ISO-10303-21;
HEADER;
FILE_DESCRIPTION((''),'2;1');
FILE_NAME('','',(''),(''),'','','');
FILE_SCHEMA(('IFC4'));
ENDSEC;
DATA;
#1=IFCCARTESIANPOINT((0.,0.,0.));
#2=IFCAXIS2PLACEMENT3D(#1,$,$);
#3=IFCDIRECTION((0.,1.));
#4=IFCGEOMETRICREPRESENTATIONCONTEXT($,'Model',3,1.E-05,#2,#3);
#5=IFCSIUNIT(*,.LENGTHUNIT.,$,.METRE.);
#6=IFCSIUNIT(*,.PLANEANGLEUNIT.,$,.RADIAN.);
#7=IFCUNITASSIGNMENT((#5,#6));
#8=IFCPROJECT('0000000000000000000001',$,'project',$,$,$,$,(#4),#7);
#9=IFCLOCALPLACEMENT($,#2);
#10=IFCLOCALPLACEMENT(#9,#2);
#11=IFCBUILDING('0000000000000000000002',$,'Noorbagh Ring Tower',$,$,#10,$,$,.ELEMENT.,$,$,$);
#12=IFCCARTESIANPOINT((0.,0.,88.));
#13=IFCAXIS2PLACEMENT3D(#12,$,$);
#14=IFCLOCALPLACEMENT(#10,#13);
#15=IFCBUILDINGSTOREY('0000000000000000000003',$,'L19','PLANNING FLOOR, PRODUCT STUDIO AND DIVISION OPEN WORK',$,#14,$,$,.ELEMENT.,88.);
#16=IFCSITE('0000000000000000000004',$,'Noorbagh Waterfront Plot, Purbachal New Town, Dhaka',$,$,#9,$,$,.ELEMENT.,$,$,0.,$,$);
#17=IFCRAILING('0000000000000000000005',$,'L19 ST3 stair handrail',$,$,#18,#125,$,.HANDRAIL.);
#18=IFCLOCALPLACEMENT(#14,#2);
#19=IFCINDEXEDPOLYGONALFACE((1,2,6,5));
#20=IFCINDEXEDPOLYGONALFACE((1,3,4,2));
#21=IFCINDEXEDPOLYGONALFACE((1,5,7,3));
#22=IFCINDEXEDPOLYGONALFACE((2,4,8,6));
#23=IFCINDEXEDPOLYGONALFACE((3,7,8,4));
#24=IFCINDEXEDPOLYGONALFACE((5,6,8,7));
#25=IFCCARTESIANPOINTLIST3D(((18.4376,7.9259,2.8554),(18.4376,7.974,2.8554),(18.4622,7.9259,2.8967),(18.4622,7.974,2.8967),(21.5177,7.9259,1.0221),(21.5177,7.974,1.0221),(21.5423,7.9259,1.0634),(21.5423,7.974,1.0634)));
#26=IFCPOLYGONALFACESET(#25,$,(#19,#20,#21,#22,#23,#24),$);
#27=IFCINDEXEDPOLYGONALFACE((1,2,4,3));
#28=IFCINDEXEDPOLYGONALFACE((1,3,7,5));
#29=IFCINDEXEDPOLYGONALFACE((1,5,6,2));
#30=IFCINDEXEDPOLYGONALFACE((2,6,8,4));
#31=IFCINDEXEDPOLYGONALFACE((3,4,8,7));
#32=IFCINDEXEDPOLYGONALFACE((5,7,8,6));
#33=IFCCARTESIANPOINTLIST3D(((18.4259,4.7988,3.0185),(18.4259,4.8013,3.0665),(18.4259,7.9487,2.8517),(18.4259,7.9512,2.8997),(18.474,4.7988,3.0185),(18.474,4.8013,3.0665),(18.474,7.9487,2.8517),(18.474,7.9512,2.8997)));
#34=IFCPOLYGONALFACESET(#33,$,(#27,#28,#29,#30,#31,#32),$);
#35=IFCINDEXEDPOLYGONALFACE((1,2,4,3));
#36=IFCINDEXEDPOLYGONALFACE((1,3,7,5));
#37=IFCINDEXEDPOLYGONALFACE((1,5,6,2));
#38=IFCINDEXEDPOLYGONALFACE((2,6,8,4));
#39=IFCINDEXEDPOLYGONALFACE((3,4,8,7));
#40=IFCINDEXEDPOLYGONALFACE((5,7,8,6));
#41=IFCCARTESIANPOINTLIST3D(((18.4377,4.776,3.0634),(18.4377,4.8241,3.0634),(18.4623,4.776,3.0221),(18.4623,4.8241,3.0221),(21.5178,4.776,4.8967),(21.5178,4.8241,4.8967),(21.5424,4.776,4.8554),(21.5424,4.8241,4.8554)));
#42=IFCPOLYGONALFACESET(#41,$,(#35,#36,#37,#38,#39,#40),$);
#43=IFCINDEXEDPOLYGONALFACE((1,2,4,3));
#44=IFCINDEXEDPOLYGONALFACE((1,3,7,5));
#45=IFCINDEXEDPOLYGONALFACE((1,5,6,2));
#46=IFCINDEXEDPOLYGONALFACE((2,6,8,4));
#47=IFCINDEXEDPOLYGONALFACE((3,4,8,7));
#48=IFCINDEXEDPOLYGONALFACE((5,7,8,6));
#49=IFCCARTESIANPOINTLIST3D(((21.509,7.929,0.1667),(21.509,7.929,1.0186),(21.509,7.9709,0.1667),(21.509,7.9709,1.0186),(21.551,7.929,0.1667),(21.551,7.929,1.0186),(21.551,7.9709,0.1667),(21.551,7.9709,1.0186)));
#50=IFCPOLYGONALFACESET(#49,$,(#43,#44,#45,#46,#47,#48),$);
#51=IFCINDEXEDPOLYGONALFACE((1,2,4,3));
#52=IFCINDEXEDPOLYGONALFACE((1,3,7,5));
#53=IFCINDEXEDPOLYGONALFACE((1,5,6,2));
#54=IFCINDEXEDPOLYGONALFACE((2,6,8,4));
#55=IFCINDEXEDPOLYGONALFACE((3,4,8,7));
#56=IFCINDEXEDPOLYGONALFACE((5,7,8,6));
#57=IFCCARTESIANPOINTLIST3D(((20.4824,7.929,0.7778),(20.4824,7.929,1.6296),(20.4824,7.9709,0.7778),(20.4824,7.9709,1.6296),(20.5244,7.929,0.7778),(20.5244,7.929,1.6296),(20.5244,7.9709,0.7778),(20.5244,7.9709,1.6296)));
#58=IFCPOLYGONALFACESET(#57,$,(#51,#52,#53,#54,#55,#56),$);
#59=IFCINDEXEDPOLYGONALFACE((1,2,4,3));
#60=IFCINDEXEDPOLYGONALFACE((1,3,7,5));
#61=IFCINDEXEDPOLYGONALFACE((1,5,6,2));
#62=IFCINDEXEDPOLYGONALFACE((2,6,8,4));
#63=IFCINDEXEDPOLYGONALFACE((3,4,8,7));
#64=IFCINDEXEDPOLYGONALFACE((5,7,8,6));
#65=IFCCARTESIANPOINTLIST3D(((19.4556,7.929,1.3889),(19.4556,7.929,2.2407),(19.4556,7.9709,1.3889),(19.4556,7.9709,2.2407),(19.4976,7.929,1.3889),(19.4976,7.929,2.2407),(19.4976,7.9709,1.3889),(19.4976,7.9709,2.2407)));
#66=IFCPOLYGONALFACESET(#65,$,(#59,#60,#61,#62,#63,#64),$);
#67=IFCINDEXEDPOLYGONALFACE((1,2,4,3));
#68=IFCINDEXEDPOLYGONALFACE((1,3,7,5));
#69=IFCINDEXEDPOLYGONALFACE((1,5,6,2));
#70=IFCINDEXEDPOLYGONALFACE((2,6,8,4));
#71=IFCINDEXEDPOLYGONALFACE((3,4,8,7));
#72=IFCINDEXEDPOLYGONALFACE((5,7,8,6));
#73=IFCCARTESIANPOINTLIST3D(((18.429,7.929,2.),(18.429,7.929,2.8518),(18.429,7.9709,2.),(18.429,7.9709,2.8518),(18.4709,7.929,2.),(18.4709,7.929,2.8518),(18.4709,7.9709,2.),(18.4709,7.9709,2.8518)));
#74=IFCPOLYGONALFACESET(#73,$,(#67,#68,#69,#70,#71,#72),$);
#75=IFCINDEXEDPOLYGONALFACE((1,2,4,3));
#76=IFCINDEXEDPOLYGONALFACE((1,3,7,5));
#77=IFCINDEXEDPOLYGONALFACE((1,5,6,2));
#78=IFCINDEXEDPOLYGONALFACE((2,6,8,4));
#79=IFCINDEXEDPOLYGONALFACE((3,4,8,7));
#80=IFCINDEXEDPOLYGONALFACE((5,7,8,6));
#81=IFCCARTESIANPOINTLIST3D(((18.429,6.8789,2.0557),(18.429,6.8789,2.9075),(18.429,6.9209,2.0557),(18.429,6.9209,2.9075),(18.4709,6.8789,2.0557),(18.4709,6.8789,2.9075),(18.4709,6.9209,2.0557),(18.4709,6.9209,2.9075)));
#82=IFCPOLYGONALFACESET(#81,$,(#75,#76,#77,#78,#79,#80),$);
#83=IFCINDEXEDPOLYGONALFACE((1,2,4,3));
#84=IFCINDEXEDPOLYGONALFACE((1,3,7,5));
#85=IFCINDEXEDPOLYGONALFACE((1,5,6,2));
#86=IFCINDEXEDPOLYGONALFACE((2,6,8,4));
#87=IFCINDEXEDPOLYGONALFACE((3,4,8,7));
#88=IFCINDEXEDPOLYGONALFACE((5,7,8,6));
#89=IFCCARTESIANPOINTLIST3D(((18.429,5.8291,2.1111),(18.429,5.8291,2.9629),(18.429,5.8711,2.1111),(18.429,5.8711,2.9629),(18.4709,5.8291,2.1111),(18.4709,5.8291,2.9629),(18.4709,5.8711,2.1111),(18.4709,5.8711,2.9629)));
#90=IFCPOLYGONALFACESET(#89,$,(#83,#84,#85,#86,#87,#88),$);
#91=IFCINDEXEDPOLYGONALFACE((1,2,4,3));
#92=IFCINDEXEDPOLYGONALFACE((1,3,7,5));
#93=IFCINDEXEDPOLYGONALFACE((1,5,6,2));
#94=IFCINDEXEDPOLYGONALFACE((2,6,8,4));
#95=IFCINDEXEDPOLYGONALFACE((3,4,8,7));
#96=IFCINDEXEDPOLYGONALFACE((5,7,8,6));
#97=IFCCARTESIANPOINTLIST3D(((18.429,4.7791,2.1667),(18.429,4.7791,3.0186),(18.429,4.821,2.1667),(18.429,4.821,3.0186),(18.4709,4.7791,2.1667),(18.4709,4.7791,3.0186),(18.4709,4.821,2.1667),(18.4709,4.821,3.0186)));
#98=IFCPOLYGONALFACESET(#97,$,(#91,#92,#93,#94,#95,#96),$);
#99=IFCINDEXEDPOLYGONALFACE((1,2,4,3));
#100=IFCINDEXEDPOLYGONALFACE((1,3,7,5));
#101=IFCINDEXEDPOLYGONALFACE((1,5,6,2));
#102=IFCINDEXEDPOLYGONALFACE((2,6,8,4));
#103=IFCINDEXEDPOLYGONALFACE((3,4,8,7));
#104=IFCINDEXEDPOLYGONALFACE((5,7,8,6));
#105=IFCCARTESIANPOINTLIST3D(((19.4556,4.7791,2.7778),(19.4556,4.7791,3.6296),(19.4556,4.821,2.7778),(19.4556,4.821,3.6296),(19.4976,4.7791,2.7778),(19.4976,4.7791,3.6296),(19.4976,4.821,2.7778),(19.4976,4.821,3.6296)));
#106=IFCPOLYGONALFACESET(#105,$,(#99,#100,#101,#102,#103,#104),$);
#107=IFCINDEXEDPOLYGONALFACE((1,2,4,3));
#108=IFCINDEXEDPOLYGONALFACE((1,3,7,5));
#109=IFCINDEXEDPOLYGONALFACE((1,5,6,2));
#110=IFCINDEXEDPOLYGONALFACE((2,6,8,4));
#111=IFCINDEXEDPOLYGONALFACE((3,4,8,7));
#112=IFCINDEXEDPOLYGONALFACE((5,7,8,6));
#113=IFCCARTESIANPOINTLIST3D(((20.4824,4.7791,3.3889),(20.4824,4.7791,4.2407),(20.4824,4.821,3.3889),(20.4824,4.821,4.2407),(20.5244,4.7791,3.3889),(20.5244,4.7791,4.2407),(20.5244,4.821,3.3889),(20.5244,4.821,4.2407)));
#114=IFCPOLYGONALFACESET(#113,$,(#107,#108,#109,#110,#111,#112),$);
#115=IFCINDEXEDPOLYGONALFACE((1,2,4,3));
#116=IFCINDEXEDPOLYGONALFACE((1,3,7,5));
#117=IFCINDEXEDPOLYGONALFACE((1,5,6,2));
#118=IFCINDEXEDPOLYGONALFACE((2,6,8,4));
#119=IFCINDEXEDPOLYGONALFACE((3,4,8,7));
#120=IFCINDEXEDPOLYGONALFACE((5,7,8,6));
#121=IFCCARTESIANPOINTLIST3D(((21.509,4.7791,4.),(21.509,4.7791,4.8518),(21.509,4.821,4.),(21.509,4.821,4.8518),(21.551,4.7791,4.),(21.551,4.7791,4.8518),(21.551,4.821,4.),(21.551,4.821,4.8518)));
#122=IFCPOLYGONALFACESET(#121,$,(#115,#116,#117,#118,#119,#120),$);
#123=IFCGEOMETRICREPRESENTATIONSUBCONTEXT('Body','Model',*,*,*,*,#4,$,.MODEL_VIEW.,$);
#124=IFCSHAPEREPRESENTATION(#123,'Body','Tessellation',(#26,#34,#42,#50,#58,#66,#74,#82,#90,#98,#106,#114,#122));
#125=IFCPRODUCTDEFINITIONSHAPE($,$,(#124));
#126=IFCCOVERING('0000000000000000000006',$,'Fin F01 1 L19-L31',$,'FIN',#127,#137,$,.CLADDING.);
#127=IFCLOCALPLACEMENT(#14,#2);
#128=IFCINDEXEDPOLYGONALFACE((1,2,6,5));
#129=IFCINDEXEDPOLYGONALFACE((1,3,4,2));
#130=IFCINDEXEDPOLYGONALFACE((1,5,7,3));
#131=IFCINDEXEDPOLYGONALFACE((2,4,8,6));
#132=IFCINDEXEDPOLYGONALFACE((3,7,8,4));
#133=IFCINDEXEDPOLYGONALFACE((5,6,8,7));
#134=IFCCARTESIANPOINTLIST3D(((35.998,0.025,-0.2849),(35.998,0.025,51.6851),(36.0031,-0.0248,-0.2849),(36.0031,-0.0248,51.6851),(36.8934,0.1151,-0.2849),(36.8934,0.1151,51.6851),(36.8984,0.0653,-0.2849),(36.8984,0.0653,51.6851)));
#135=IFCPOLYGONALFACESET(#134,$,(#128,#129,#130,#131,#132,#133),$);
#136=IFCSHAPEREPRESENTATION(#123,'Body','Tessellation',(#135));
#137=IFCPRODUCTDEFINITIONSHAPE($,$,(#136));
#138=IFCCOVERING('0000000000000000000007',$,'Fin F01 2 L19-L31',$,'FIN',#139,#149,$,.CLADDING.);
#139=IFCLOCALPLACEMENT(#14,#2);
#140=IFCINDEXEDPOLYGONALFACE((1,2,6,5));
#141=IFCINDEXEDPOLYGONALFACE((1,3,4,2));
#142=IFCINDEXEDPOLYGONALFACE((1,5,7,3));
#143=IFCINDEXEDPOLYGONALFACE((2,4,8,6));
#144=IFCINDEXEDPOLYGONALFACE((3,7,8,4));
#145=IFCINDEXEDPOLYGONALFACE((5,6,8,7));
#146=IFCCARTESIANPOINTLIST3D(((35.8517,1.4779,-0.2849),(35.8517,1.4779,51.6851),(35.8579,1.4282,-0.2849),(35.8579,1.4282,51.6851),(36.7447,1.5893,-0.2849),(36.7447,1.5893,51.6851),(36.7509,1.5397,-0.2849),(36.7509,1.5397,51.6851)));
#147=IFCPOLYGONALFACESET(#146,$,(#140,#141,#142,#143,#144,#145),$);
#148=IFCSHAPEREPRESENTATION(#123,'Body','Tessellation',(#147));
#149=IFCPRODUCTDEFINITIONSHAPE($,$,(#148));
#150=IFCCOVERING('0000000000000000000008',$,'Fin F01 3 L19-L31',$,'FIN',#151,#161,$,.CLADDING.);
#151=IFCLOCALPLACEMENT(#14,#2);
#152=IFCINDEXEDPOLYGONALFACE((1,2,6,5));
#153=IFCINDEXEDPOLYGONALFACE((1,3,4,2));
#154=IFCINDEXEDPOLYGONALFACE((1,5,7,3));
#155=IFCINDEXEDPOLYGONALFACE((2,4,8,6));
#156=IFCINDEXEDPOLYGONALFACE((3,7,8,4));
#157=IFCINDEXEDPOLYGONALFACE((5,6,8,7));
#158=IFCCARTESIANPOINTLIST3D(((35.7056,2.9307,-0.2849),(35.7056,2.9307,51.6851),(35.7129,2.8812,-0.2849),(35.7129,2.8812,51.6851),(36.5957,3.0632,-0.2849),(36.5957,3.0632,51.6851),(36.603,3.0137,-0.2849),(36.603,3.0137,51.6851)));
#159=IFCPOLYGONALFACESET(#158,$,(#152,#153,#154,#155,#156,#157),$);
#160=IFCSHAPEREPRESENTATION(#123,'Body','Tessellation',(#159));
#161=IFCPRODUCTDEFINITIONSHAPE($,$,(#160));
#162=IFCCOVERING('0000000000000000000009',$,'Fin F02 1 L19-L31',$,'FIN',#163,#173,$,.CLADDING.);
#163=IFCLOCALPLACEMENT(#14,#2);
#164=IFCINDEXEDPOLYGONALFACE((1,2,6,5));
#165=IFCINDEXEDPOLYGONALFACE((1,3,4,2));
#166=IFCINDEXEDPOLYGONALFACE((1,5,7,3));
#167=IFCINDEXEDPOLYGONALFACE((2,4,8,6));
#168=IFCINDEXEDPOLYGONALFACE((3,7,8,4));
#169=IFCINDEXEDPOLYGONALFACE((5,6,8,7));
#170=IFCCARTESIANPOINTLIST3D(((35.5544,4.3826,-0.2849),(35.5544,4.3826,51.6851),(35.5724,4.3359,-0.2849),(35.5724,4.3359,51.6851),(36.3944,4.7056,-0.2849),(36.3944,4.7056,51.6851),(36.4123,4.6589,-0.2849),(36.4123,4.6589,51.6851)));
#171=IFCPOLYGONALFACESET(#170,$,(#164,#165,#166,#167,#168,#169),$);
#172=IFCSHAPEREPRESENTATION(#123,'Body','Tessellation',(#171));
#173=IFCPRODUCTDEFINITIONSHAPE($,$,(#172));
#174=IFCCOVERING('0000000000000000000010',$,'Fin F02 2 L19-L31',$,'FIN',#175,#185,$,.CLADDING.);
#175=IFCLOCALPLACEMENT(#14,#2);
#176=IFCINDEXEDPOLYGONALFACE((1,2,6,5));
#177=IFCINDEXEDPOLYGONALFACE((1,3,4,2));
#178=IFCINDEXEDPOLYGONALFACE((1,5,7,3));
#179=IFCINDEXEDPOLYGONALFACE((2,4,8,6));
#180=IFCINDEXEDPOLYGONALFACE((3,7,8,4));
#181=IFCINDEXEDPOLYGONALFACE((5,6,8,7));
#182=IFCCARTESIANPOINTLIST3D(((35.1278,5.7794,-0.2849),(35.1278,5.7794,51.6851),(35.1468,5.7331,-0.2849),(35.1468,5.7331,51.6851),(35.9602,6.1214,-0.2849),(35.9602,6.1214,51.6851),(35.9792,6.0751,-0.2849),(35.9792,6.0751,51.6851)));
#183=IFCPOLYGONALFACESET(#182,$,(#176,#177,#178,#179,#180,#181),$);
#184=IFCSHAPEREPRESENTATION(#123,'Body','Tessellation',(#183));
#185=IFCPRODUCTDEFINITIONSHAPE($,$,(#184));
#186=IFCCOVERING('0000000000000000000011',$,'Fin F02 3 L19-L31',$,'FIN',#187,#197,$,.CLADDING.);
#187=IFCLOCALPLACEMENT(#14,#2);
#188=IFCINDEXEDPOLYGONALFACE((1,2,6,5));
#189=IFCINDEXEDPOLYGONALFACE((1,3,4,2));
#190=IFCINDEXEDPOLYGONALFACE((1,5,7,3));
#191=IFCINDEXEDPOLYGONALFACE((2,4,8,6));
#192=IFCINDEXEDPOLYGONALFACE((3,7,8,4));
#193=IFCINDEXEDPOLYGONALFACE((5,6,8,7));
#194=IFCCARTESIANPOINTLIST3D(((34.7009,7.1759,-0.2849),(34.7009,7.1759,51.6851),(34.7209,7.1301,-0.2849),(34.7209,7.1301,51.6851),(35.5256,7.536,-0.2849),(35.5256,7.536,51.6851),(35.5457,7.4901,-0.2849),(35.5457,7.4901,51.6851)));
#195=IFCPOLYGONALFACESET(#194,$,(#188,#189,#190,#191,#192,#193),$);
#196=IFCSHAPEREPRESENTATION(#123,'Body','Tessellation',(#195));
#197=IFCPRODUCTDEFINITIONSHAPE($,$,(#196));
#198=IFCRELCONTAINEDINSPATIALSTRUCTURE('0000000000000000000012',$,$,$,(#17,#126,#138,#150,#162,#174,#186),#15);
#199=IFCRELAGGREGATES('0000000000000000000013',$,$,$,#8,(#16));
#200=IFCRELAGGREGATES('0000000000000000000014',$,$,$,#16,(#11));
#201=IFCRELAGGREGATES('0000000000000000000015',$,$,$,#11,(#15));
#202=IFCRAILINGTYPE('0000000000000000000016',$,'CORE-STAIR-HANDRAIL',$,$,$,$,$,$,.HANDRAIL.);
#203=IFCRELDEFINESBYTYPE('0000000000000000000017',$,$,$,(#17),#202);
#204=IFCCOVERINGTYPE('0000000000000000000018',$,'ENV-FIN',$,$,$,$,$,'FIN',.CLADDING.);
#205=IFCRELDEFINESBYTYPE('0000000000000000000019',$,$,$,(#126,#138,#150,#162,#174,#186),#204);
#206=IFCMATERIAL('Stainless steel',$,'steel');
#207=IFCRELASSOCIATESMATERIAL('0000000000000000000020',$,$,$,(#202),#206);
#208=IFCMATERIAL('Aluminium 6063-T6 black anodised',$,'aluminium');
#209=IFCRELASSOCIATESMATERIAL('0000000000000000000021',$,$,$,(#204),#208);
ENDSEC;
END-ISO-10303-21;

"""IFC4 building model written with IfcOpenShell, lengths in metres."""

from ifc_helpers import new_model, si_unit, direction, frame, origin, origin_2d, place, context, subcontext, project, spatial, rectangle, extrude, material, material_profile, profile_set, type_object, element, save


model = new_model("IFC4")

# Units and contexts
model_context = context("Model", 3, precision=1e-05, world=origin(), true_north=direction((0.0, 1.0)))
body_context = subcontext(model_context, "Body", "Model", "MODEL_VIEW")
ifc_project = project(units=[si_unit("LENGTHUNIT", "METRE"), si_unit("PLANEANGLEUNIT", "RADIAN")], contexts=[model_context])

# Site, building, storey
site_placement = place(None, origin())
site = spatial("IfcSite", under=ifc_project, at=site_placement, Name="Noorbagh Waterfront Plot, Purbachal New Town, Dhaka", CompositionType="ELEMENT", RefElevation=0.0)
building_placement = place(site_placement, origin())
building = spatial("IfcBuilding", under=site, at=building_placement, Name="Noorbagh Ring Tower", CompositionType="ELEMENT")
storey_placement = place(building_placement, frame((0.0, 0.0, 88.0)))
storey = spatial("IfcBuildingStorey", under=building, at=storey_placement, Name="L19", Description="PLANNING FLOOR, PRODUCT STUDIO AND DIVISION OPEN WORK", CompositionType="ELEMENT", Elevation=88.0)

# Railing
ifc_material_1 = material(Name="Stainless steel", Category="steel")
railing_type_1 = type_object("IfcRailingType", Name="CORE-STAIR-HANDRAIL", PredefinedType="HANDRAIL", material=ifc_material_1)
railing_1_placement = place(storey_placement, frame((21.53, 7.95, 0.1667)))
element("IfcRailing", 1, at=railing_1_placement, inside=storey, type_object=railing_type_1, Name="L19 ST3 stair handrail", PredefinedType="HANDRAIL", context=body_context, shape_type="SweptSolid", body=[
    extrude(rectangle(XDim=0.0481, YDim=0.0481, at=origin_2d()), frame((0.0, 0.0, 0.876), z_axis=(-0.859309, 0.0, 0.511458), x_axis=(0.0, -1.0, 0.0)), (0.0, 0.0, 1.0), 3.5845),
    extrude(rectangle(XDim=0.0481, YDim=0.0481, at=origin_2d()), frame((-3.0801, 0.0, 2.709), z_axis=(0.0, -0.998602, 0.052864), x_axis=(1.0, 0.0, 0.0)), (0.0, 0.0, 1.0), 3.1543),
    extrude(rectangle(XDim=0.0481, YDim=0.0481, at=origin_2d()), frame((-3.0801, -3.1499, 2.876), z_axis=(0.859309, 0.0, 0.511458), x_axis=(0.0, 1.0, 0.0)), (0.0, 0.0, 1.0), 3.5845),
    extrude(rectangle(XDim=0.042, YDim=0.042, at=origin_2d()), origin(), (0.0, 0.0, 1.0), 0.8518),
    extrude(rectangle(XDim=0.042, YDim=0.042, at=origin_2d()), frame((-1.0266, 0.0, 0.6111)), (0.0, 0.0, 1.0), 0.8518),
    extrude(rectangle(XDim=0.042, YDim=0.042, at=origin_2d()), frame((-2.0535, 0.0, 1.2222)), (0.0, 0.0, 1.0), 0.8518),
    extrude(rectangle(XDim=0.042, YDim=0.042, at=origin_2d()), frame((-3.0801, 0.0, 1.8333)), (0.0, 0.0, 1.0), 0.8518),
    extrude(rectangle(XDim=0.042, YDim=0.042, at=origin_2d()), frame((-3.0801, -1.05, 1.8889)), (0.0, 0.0, 1.0), 0.8518),
    extrude(rectangle(XDim=0.042, YDim=0.042, at=origin_2d()), frame((-3.0801, -2.0999, 1.9443)), (0.0, 0.0, 1.0), 0.8518),
    extrude(rectangle(XDim=0.042, YDim=0.042, at=origin_2d()), frame((-3.0801, -3.1499, 2.0)), (0.0, 0.0, 1.0), 0.8518),
    extrude(rectangle(XDim=0.042, YDim=0.042, at=origin_2d()), frame((-2.0535, -3.1499, 2.6111)), (0.0, 0.0, 1.0), 0.8518),
    extrude(rectangle(XDim=0.042, YDim=0.042, at=origin_2d()), frame((-1.0266, -3.1499, 3.2222)), (0.0, 0.0, 1.0), 0.8518),
    extrude(rectangle(XDim=0.042, YDim=0.042, at=origin_2d()), frame((0.0, -3.1499, 3.8333)), (0.0, 0.0, 1.0), 0.8518),
])

# Coverings
ifc_material_2 = material(Name="Aluminium 6063-T6 black anodised", Category="aluminium")
ifc_material_profile_1 = material_profile(ifc_material_2, rectangle(XDim=0.8999, YDim=0.05, at=origin_2d()), Name="900x50")
ifc_profile_set_1 = profile_set([ifc_material_profile_1], Name="Aluminium 6063-T6 black anodised")
covering_type = type_object("IfcCoveringType", Name="ENV-FIN", ElementType="FIN", PredefinedType="CLADDING", material=ifc_profile_set_1)
for number, where, z_axis, x_axis, name in (
    (2, (36.4482, 0.0452, -0.2849), (0.0, 0.0, 1.0), (0.99497, 0.100178, 0.0), "Fin F01 1 L19-L31"),
    (3, (36.3013, 1.5088, -0.2849), (0.0, 0.0, 1.0), (0.992303, 0.123835, 0.0), "Fin F01 2 L19-L31"),
    (4, (36.1543, 2.9722, -0.2849), (0.0, 0.0, 1.0), (0.989103, 0.147226, 0.0), "Fin F01 3 L19-L31"),
    (5, (35.9834, 4.5208, -0.2849), (0.0, 0.0, 1.0), (0.933362, 0.358936, 0.0), "Fin F02 1 L19-L31"),
    (6, (35.5535, 5.9272, -0.2849), (0.0, 0.0, 1.0), (0.925001, 0.379965, 0.0), "Fin F02 2 L19-L31"),
    (7, (35.1233, 7.333, -0.2849), (0.0, 0.0, 1.0), (0.916475, 0.400092, 0.0), "Fin F02 3 L19-L31"),
):
    element("IfcCovering", number, at=place(storey_placement, frame(where, z_axis=z_axis, x_axis=x_axis)), inside=storey, type_object=covering_type, Name=name, ObjectType="FIN", PredefinedType="CLADDING", context=body_context, shape_type="SweptSolid", body=[
        extrude(rectangle(XDim=0.8999, YDim=0.05, at=origin_2d()), origin(), (0.0, 0.0, 1.0), 51.97),
    ])

save(model, "model.ifc")
